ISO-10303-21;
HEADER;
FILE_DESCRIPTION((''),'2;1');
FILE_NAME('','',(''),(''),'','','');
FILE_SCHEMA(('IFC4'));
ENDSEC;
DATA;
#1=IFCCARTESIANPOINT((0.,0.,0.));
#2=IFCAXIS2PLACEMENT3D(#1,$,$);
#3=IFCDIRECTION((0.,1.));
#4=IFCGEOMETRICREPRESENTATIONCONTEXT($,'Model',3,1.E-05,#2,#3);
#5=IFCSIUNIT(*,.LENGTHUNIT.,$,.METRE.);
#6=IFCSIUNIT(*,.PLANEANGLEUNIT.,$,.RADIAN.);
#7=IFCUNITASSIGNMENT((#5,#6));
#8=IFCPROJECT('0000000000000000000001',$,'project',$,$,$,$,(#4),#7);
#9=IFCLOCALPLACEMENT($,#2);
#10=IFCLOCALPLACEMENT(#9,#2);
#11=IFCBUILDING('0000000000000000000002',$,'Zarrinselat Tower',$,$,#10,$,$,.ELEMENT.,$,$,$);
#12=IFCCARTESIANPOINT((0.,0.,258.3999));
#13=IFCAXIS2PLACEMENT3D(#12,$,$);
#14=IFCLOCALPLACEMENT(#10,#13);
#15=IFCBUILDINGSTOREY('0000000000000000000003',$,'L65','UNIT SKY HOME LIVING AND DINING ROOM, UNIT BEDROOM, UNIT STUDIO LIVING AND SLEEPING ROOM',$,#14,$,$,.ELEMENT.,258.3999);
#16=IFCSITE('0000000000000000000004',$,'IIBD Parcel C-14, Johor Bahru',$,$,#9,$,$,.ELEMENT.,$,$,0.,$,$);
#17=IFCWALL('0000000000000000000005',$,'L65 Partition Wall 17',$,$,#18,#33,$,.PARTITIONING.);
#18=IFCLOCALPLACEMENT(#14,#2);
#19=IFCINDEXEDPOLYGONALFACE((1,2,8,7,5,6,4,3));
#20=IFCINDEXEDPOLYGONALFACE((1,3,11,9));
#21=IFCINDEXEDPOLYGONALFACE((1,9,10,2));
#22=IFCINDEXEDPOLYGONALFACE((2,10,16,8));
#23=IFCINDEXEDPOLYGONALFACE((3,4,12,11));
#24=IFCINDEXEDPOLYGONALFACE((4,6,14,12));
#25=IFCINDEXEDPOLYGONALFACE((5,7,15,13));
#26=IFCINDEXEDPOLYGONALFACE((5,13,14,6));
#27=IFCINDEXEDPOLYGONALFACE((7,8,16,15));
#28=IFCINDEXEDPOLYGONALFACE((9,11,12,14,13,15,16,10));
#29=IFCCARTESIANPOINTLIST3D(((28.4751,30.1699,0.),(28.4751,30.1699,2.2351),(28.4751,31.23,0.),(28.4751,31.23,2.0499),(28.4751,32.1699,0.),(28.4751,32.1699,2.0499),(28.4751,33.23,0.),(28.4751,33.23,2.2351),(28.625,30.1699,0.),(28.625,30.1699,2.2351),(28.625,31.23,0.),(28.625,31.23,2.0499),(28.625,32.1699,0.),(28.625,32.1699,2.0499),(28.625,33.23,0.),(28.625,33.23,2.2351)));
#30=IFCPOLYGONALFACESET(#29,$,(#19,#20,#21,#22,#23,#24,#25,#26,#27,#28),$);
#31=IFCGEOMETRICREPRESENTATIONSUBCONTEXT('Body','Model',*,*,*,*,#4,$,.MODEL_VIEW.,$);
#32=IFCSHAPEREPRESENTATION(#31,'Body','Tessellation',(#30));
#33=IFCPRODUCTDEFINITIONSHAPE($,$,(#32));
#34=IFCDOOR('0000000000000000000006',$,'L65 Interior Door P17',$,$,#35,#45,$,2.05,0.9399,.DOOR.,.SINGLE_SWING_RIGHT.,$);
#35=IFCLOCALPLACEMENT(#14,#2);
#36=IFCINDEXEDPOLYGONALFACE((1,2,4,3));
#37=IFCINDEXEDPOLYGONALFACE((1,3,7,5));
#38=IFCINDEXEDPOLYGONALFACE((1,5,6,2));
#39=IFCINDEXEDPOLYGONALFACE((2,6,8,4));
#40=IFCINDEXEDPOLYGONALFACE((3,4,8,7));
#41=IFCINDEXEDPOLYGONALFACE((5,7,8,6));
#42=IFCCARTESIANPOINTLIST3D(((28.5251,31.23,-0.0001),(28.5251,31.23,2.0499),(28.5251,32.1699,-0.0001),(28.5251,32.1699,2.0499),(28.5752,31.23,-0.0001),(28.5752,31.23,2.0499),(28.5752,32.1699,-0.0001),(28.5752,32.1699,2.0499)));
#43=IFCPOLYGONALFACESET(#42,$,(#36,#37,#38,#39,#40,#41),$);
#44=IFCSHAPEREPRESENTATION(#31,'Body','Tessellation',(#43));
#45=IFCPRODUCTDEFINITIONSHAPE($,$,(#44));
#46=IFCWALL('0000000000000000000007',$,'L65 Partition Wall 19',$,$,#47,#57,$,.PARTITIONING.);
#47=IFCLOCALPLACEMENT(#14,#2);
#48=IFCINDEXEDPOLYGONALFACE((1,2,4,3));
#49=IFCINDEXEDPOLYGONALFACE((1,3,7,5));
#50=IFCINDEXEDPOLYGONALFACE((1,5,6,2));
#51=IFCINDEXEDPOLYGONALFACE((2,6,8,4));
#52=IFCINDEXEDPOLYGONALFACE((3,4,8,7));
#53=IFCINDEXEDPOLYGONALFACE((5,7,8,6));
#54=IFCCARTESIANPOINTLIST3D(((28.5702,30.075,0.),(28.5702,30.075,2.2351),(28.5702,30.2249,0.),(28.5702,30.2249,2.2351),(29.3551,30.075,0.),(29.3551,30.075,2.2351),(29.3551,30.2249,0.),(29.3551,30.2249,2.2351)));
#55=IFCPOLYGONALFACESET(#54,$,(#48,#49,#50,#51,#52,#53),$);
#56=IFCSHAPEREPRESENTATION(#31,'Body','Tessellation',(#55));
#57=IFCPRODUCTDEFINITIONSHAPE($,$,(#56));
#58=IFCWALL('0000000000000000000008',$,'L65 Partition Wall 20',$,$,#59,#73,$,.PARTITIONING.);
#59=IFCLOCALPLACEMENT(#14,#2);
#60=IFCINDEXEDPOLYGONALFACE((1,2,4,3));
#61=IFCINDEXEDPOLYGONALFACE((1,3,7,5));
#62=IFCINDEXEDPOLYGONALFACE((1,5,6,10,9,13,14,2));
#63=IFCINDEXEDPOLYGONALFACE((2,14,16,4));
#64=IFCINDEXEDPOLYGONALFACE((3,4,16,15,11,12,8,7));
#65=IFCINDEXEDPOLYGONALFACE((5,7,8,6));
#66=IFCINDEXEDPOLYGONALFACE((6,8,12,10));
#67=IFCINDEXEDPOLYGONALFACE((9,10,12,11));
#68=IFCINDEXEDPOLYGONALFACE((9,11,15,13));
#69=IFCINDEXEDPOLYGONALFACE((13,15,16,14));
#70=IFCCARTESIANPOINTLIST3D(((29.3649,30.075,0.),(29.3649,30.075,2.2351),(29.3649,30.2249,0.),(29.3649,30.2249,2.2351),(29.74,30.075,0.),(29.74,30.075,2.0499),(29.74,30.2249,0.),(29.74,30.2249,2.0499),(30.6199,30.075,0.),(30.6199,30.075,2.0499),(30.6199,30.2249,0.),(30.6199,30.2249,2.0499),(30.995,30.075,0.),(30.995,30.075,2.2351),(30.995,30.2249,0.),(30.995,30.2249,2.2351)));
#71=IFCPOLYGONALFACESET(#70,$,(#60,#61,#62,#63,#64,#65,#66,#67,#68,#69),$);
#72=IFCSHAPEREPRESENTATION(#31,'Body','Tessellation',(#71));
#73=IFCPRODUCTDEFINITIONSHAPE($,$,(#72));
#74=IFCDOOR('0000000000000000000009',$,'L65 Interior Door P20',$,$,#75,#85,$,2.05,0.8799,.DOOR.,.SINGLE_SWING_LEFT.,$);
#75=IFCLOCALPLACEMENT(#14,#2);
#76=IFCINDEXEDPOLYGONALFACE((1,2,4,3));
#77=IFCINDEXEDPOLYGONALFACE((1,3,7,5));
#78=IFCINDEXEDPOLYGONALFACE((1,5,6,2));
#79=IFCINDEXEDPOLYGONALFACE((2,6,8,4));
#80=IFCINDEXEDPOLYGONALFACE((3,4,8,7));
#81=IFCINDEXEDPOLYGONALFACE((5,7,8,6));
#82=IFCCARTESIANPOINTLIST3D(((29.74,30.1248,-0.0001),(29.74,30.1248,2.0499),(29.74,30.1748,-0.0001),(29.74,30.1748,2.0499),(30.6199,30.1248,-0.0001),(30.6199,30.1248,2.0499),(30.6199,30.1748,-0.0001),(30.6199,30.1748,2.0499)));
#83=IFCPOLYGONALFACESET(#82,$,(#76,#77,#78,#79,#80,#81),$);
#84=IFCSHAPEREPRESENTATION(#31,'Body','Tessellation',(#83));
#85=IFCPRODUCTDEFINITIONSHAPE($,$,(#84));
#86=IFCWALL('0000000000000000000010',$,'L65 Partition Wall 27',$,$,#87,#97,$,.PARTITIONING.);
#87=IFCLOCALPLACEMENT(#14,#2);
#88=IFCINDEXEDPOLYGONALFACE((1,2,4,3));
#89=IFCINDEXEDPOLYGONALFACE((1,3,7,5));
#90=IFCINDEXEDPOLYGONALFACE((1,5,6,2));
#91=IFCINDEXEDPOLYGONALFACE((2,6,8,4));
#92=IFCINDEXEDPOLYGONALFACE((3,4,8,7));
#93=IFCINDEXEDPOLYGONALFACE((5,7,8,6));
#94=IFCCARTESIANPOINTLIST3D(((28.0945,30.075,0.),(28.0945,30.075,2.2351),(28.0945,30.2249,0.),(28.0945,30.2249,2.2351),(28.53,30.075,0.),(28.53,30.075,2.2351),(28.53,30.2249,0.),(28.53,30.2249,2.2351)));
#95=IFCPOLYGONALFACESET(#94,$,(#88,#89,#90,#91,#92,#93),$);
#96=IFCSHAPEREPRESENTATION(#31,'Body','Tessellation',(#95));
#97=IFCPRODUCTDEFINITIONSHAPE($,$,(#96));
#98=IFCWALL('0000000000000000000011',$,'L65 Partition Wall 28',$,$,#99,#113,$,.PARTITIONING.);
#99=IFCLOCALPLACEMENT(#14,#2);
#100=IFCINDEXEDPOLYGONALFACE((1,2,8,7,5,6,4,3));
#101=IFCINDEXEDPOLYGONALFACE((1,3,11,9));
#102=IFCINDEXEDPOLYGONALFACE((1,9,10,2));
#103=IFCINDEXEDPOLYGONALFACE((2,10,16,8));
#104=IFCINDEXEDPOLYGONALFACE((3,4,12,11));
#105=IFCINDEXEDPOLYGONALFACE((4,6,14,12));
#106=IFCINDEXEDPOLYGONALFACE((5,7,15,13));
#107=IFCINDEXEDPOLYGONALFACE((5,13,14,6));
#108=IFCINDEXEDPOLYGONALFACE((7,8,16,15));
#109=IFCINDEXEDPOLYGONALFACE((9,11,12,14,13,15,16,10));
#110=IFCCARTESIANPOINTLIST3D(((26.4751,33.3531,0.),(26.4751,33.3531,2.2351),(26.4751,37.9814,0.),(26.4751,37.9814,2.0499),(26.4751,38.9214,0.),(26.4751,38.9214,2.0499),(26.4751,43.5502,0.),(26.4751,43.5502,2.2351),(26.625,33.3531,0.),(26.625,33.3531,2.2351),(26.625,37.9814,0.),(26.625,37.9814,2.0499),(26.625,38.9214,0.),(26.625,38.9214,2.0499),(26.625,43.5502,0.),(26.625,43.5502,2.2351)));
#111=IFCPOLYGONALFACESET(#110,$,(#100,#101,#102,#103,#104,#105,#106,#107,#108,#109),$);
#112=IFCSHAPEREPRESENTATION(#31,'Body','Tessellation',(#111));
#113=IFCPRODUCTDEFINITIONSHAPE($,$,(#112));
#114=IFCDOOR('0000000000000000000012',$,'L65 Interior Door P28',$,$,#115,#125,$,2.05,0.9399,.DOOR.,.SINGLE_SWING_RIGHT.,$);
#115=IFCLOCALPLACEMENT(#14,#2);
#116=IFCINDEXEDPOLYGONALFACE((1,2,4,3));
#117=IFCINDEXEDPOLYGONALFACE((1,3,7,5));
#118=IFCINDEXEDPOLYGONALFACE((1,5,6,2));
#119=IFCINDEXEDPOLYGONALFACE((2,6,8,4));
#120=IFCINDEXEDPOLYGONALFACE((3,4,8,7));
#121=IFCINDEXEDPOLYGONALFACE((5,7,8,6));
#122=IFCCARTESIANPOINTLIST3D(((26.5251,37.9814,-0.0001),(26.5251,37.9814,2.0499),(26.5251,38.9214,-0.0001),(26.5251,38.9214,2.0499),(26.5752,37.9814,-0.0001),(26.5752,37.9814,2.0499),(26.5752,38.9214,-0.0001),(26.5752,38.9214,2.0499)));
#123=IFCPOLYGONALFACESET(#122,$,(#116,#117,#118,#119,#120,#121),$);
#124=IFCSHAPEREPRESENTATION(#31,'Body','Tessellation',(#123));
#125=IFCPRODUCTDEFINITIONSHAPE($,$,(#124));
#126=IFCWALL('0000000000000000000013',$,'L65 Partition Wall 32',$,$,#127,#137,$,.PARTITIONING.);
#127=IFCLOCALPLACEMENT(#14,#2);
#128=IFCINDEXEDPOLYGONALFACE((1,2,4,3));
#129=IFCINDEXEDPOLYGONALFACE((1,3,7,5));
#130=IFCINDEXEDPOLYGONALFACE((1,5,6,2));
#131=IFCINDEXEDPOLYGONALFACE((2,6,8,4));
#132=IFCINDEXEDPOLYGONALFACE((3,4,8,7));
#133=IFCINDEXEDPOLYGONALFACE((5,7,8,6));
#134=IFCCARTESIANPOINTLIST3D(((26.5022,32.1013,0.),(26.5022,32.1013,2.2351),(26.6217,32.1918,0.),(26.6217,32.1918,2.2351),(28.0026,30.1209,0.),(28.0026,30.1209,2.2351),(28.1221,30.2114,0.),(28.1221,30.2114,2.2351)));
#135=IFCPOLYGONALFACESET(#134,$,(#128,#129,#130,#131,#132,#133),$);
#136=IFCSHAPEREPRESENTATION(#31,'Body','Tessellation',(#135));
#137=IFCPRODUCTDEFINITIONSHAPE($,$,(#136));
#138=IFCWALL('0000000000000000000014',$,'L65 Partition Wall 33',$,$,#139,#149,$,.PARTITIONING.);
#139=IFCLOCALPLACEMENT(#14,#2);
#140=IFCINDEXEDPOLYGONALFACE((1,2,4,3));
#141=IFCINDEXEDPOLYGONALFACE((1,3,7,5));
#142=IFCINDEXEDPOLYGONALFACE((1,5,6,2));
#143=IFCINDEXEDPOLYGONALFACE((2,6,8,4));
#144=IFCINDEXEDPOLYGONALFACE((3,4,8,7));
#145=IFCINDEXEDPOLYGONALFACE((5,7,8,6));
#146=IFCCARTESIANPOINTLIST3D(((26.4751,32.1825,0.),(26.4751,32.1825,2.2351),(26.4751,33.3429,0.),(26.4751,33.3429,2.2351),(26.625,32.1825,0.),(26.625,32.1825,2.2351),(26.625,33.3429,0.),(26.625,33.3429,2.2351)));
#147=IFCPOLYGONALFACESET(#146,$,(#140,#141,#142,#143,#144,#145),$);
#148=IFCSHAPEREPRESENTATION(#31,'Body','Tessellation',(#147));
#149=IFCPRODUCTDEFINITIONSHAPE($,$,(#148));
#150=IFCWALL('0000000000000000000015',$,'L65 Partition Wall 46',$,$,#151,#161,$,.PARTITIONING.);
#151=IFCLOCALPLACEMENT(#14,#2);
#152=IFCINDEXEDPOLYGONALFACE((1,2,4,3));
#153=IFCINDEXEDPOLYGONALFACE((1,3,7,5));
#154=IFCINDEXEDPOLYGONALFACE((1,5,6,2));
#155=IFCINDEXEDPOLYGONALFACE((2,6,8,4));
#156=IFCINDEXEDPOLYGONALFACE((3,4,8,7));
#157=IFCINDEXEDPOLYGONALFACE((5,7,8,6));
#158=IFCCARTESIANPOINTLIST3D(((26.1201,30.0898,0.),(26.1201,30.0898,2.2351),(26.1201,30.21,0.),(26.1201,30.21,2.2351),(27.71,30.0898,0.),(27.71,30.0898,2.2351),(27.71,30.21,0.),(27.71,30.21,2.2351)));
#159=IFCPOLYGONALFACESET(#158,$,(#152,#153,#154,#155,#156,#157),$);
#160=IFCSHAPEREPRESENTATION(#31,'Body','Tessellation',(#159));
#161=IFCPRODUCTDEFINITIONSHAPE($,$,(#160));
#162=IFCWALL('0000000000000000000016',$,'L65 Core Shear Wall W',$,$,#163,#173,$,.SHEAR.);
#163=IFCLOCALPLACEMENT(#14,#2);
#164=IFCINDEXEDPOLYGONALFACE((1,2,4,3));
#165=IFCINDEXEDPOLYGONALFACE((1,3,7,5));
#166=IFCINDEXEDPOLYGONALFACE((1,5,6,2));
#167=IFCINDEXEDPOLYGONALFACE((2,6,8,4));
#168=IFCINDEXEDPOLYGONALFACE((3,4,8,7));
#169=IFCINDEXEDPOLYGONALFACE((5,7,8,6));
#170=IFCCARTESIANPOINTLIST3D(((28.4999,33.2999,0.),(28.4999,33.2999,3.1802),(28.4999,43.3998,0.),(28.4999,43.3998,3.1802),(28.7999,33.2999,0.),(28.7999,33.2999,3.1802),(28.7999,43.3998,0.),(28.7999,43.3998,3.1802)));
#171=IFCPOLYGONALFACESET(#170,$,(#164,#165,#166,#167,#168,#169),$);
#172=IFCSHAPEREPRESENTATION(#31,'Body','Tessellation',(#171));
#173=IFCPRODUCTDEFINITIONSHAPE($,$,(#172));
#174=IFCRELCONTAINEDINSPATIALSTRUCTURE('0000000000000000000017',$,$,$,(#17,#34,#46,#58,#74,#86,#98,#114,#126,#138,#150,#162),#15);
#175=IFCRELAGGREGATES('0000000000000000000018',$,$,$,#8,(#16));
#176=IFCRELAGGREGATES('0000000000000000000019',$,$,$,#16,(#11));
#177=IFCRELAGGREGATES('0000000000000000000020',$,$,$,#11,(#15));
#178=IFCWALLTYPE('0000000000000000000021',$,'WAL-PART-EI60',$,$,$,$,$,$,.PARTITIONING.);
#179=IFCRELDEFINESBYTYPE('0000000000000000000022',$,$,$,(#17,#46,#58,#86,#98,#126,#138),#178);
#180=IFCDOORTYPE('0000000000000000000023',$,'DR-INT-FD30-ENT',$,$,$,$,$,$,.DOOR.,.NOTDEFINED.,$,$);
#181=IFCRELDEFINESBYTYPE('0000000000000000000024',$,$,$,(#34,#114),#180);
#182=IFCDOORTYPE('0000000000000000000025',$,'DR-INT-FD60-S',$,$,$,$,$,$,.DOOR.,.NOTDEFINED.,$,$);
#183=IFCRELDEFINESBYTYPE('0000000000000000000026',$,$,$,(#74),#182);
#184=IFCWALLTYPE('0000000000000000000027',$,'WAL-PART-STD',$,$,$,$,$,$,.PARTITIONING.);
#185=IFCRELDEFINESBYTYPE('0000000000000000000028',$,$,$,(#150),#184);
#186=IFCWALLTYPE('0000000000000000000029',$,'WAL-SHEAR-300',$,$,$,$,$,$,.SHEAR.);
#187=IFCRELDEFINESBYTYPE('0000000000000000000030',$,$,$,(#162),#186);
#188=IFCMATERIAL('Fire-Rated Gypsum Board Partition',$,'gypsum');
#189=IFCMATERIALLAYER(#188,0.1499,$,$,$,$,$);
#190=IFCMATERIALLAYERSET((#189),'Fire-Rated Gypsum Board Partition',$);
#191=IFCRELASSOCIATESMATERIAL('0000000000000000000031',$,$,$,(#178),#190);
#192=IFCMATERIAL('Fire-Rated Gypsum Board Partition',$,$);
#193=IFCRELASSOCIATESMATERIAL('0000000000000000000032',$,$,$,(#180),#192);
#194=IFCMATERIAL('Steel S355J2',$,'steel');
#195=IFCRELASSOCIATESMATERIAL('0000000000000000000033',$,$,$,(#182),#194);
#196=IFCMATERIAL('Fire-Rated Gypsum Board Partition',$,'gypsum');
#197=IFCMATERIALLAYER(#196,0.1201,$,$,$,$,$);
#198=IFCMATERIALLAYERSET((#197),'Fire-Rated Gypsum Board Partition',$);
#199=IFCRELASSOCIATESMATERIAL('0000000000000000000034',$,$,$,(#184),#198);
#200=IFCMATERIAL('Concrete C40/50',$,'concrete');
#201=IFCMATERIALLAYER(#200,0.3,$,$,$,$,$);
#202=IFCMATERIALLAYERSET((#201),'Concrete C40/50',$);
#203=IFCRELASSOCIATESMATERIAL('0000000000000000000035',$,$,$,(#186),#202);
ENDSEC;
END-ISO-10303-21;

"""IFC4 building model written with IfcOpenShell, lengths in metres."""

from ifc_helpers import new_model, si_unit, direction, frame, frame_2d, origin, place, context, subcontext, project, spatial, rectangle, extrude, material, layer, layer_set, type_object, element, fill, save


model = new_model("IFC4")

# Units and contexts
model_context = context("Model", 3, precision=1e-05, world=origin(), true_north=direction((0.0, 1.0)))
body_context = subcontext(model_context, "Body", "Model", "MODEL_VIEW")
ifc_project = project(units=[si_unit("LENGTHUNIT", "METRE"), si_unit("PLANEANGLEUNIT", "RADIAN")], contexts=[model_context])

# Site, building, storey
site_placement = place(None, origin())
site = spatial("IfcSite", under=ifc_project, at=site_placement, Name="IIBD Parcel C-14, Johor Bahru", CompositionType="ELEMENT", RefElevation=0.0)
building_placement = place(site_placement, origin())
building = spatial("IfcBuilding", under=site, at=building_placement, Name="Zarrinselat Tower", CompositionType="ELEMENT")
storey_placement = place(building_placement, frame((0.0, 0.0, 258.3999)))
storey = spatial("IfcBuildingStorey", under=building, at=storey_placement, Name="L65", Description="UNIT SKY HOME LIVING AND DINING ROOM, UNIT BEDROOM, UNIT STUDIO LIVING AND SLEEPING ROOM", CompositionType="ELEMENT", Elevation=258.3999)

# Wall, opening, door
ifc_material_1 = material(Name="Fire-Rated Gypsum Board Partition", Category="gypsum")
ifc_layer_1 = layer(ifc_material_1, 0.1499)
ifc_layer_set_1 = layer_set([ifc_layer_1], Name="Fire-Rated Gypsum Board Partition")
wall_type_1 = type_object("IfcWallType", Name="WAL-PART-EI60", PredefinedType="PARTITIONING", material=ifc_layer_set_1)
wall_1_placement = place(storey_placement, frame((28.55, 30.1699, 0.0), z_axis=(0.0, 0.0, 1.0), x_axis=(0.0, 1.0, 0.0)))
wall_1 = element("IfcWall", 1, at=wall_1_placement, inside=storey, type_object=wall_type_1, Name="L65 Partition Wall 17", PredefinedType="PARTITIONING", context=body_context, shape_type="SweptSolid", body=[
    extrude(rectangle(XDim=3.0601, YDim=0.1499, at=frame_2d((1.53, 0.0))), origin(), (0.0, 0.0, 1.0), 2.2351),
])
opening_1_placement = place(wall_1_placement, frame((1.0601, 0.0, 0.0)))
opening_1 = element("IfcOpeningElement", 2, at=opening_1_placement, cuts=wall_1, PredefinedType="OPENING", context=body_context, shape_type="SweptSolid", body=[
    extrude(rectangle(XDim=0.9399, YDim=2.05, at=frame_2d((0.47, 1.0249))), frame((0.0, 0.085, 0.0), z_axis=(0.0, -1.0, 0.0), x_axis=(1.0, 0.0, 0.0)), (0.0, 0.0, 1.0), 0.1699),
])
ifc_material_2 = material(Name="Fire-Rated Gypsum Board Partition")
door_type_1 = type_object("IfcDoorType", Name="DR-INT-FD30-ENT", OperationType="NOTDEFINED", PredefinedType="DOOR", material=ifc_material_2)
door_1_placement = place(opening_1_placement, origin())
door_1 = element("IfcDoor", 3, at=door_1_placement, inside=storey, type_object=door_type_1, Name="L65 Interior Door P17", OperationType="SINGLE_SWING_RIGHT", OverallHeight=2.05, OverallWidth=0.9399, PredefinedType="DOOR", context=body_context, shape_type="SweptSolid", body=[
    extrude(rectangle(XDim=0.9399, YDim=2.05, at=frame_2d((0.47, 1.0249))), frame((0.0, 0.0249, 0.0), z_axis=(0.0, -1.0, 0.0), x_axis=(1.0, 0.0, 0.0)), (0.0, 0.0, 1.0), 0.05),
])
fill(opening_1, door_1)

# Wall
wall_2_placement = place(storey_placement, frame((28.5701, 30.1499, 0.0), z_axis=(0.0, 0.0, 1.0), x_axis=(1.0, 0.0, 0.0)))
element("IfcWall", 4, at=wall_2_placement, inside=storey, type_object=wall_type_1, Name="L65 Partition Wall 19", PredefinedType="PARTITIONING", context=body_context, shape_type="SweptSolid", body=[
    extrude(rectangle(XDim=0.7849, YDim=0.1499, at=frame_2d((0.3926, 0.0))), origin(), (0.0, 0.0, 1.0), 2.2351),
])

# Wall, opening, door
wall_3_placement = place(storey_placement, frame((29.365, 30.1499, 0.0), z_axis=(0.0, 0.0, 1.0), x_axis=(1.0, 0.0, 0.0)))
wall_3 = element("IfcWall", 5, at=wall_3_placement, inside=storey, type_object=wall_type_1, Name="L65 Partition Wall 20", PredefinedType="PARTITIONING", context=body_context, shape_type="SweptSolid", body=[
    extrude(rectangle(XDim=1.6301, YDim=0.1499, at=frame_2d((0.8149, 0.0))), origin(), (0.0, 0.0, 1.0), 2.2351),
])
opening_2_placement = place(wall_3_placement, frame((0.375, 0.0, 0.0)))
opening_2 = element("IfcOpeningElement", 6, at=opening_2_placement, cuts=wall_3, PredefinedType="OPENING", context=body_context, shape_type="SweptSolid", body=[
    extrude(rectangle(XDim=0.8799, YDim=2.05, at=frame_2d((0.4399, 1.0249))), frame((0.0, 0.085, 0.0), z_axis=(0.0, -1.0, 0.0), x_axis=(1.0, 0.0, 0.0)), (0.0, 0.0, 1.0), 0.1699),
])
ifc_material_3 = material(Name="Steel S355J2", Category="steel")
door_type_2 = type_object("IfcDoorType", Name="DR-INT-FD60-S", OperationType="NOTDEFINED", PredefinedType="DOOR", material=ifc_material_3)
door_2_placement = place(opening_2_placement, origin())
door_2 = element("IfcDoor", 7, at=door_2_placement, inside=storey, type_object=door_type_2, Name="L65 Interior Door P20", OperationType="SINGLE_SWING_LEFT", OverallHeight=2.05, OverallWidth=0.8799, PredefinedType="DOOR", context=body_context, shape_type="SweptSolid", body=[
    extrude(rectangle(XDim=0.8799, YDim=2.05, at=frame_2d((0.4399, 1.0249))), frame((0.0, 0.0249, 0.0), z_axis=(0.0, -1.0, 0.0), x_axis=(1.0, 0.0, 0.0)), (0.0, 0.0, 1.0), 0.05),
])
fill(opening_2, door_2)

# Wall
wall_4_placement = place(storey_placement, frame((28.0945, 30.1499, 0.0), z_axis=(0.0, 0.0, 1.0), x_axis=(1.0, 0.0, 0.0)))
element("IfcWall", 8, at=wall_4_placement, inside=storey, type_object=wall_type_1, Name="L65 Partition Wall 27", PredefinedType="PARTITIONING", context=body_context, shape_type="SweptSolid", body=[
    extrude(rectangle(XDim=0.4355, YDim=0.1499, at=frame_2d((0.2178, 0.0))), origin(), (0.0, 0.0, 1.0), 2.2351),
])

# Wall, opening, door
wall_5_placement = place(storey_placement, frame((26.55, 33.353, 0.0), z_axis=(0.0, 0.0, 1.0), x_axis=(0.0, 1.0, 0.0)))
wall_5 = element("IfcWall", 9, at=wall_5_placement, inside=storey, type_object=wall_type_1, Name="L65 Partition Wall 28", PredefinedType="PARTITIONING", context=body_context, shape_type="SweptSolid", body=[
    extrude(rectangle(XDim=10.197, YDim=0.1499, at=frame_2d((5.0986, 0.0))), origin(), (0.0, 0.0, 1.0), 2.2351),
])
opening_3_placement = place(wall_5_placement, frame((4.6284, 0.0, 0.0)))
opening_3 = element("IfcOpeningElement", 10, at=opening_3_placement, cuts=wall_5, PredefinedType="OPENING", context=body_context, shape_type="SweptSolid", body=[
    extrude(rectangle(XDim=0.9399, YDim=2.05, at=frame_2d((0.47, 1.0249))), frame((0.0, 0.085, 0.0), z_axis=(0.0, -1.0, 0.0), x_axis=(1.0, 0.0, 0.0)), (0.0, 0.0, 1.0), 0.1699),
])
door_3_placement = place(opening_3_placement, origin())
door_3 = element("IfcDoor", 11, at=door_3_placement, inside=storey, type_object=door_type_1, Name="L65 Interior Door P28", OperationType="SINGLE_SWING_RIGHT", OverallHeight=2.05, OverallWidth=0.9399, PredefinedType="DOOR", context=body_context, shape_type="SweptSolid", body=[
    extrude(rectangle(XDim=0.9399, YDim=2.05, at=frame_2d((0.47, 1.0249))), frame((0.0, 0.0249, 0.0), z_axis=(0.0, -1.0, 0.0), x_axis=(1.0, 0.0, 0.0)), (0.0, 0.0, 1.0), 0.05),
])
fill(opening_3, door_3)

# Walls
wall_6_placement = place(storey_placement, frame((26.562, 32.1465, 0.0), z_axis=(0.0, 0.0, 1.0), x_axis=(0.603892, -0.797066, 0.0)))
element("IfcWall", 12, at=wall_6_placement, inside=storey, type_object=wall_type_1, Name="L65 Partition Wall 32", PredefinedType="PARTITIONING", context=body_context, shape_type="SweptSolid", body=[
    extrude(rectangle(XDim=2.4846, YDim=0.1499, at=frame_2d((1.2422, 0.0))), origin(), (0.0, 0.0, 1.0), 2.2351),
])
wall_7_placement = place(storey_placement, frame((26.55, 32.1826, 0.0), z_axis=(0.0, 0.0, 1.0), x_axis=(0.0, 1.0, 0.0)))
element("IfcWall", 13, at=wall_7_placement, inside=storey, type_object=wall_type_1, Name="L65 Partition Wall 33", PredefinedType="PARTITIONING", context=body_context, shape_type="SweptSolid", body=[
    extrude(rectangle(XDim=1.1604, YDim=0.1499, at=frame_2d((0.5801, 0.0))), origin(), (0.0, 0.0, 1.0), 2.2351),
])
ifc_material_4 = material(Name="Fire-Rated Gypsum Board Partition", Category="gypsum")
ifc_layer_2 = layer(ifc_material_4, 0.1201)
ifc_layer_set_2 = layer_set([ifc_layer_2], Name="Fire-Rated Gypsum Board Partition")
wall_type_2 = type_object("IfcWallType", Name="WAL-PART-STD", PredefinedType="PARTITIONING", material=ifc_layer_set_2)
wall_8_placement = place(storey_placement, frame((26.1201, 30.1499, 0.0), z_axis=(0.0, 0.0, 1.0), x_axis=(1.0, 0.0, 0.0)))
element("IfcWall", 14, at=wall_8_placement, inside=storey, type_object=wall_type_2, Name="L65 Partition Wall 46", PredefinedType="PARTITIONING", context=body_context, shape_type="SweptSolid", body=[
    extrude(rectangle(XDim=1.5898, YDim=0.1201, at=frame_2d((0.7949, 0.0))), origin(), (0.0, 0.0, 1.0), 2.2351),
])

# Shared definitions
ifc_material_5 = material(Name="Concrete C40/50", Category="concrete")
ifc_layer_3 = layer(ifc_material_5, 0.3)
ifc_layer_set_3 = layer_set([ifc_layer_3], Name="Concrete C40/50")
wall_type_3 = type_object("IfcWallType", Name="WAL-SHEAR-300", PredefinedType="SHEAR", material=ifc_layer_set_3)

# Wall
wall_9_placement = place(storey_placement, frame((28.6499, 33.3, 0.0), z_axis=(0.0, 0.0, 1.0), x_axis=(0.0, 1.0, 0.0)))
element("IfcWall", 15, at=wall_9_placement, inside=storey, type_object=wall_type_3, Name="L65 Core Shear Wall W", PredefinedType="SHEAR", context=body_context, shape_type="SweptSolid", body=[
    extrude(rectangle(XDim=10.0999, YDim=0.3, at=frame_2d((5.0498, 0.0))), origin(), (0.0, 0.0, 1.0), 3.1802),
])

save(model, "model.ifc")
